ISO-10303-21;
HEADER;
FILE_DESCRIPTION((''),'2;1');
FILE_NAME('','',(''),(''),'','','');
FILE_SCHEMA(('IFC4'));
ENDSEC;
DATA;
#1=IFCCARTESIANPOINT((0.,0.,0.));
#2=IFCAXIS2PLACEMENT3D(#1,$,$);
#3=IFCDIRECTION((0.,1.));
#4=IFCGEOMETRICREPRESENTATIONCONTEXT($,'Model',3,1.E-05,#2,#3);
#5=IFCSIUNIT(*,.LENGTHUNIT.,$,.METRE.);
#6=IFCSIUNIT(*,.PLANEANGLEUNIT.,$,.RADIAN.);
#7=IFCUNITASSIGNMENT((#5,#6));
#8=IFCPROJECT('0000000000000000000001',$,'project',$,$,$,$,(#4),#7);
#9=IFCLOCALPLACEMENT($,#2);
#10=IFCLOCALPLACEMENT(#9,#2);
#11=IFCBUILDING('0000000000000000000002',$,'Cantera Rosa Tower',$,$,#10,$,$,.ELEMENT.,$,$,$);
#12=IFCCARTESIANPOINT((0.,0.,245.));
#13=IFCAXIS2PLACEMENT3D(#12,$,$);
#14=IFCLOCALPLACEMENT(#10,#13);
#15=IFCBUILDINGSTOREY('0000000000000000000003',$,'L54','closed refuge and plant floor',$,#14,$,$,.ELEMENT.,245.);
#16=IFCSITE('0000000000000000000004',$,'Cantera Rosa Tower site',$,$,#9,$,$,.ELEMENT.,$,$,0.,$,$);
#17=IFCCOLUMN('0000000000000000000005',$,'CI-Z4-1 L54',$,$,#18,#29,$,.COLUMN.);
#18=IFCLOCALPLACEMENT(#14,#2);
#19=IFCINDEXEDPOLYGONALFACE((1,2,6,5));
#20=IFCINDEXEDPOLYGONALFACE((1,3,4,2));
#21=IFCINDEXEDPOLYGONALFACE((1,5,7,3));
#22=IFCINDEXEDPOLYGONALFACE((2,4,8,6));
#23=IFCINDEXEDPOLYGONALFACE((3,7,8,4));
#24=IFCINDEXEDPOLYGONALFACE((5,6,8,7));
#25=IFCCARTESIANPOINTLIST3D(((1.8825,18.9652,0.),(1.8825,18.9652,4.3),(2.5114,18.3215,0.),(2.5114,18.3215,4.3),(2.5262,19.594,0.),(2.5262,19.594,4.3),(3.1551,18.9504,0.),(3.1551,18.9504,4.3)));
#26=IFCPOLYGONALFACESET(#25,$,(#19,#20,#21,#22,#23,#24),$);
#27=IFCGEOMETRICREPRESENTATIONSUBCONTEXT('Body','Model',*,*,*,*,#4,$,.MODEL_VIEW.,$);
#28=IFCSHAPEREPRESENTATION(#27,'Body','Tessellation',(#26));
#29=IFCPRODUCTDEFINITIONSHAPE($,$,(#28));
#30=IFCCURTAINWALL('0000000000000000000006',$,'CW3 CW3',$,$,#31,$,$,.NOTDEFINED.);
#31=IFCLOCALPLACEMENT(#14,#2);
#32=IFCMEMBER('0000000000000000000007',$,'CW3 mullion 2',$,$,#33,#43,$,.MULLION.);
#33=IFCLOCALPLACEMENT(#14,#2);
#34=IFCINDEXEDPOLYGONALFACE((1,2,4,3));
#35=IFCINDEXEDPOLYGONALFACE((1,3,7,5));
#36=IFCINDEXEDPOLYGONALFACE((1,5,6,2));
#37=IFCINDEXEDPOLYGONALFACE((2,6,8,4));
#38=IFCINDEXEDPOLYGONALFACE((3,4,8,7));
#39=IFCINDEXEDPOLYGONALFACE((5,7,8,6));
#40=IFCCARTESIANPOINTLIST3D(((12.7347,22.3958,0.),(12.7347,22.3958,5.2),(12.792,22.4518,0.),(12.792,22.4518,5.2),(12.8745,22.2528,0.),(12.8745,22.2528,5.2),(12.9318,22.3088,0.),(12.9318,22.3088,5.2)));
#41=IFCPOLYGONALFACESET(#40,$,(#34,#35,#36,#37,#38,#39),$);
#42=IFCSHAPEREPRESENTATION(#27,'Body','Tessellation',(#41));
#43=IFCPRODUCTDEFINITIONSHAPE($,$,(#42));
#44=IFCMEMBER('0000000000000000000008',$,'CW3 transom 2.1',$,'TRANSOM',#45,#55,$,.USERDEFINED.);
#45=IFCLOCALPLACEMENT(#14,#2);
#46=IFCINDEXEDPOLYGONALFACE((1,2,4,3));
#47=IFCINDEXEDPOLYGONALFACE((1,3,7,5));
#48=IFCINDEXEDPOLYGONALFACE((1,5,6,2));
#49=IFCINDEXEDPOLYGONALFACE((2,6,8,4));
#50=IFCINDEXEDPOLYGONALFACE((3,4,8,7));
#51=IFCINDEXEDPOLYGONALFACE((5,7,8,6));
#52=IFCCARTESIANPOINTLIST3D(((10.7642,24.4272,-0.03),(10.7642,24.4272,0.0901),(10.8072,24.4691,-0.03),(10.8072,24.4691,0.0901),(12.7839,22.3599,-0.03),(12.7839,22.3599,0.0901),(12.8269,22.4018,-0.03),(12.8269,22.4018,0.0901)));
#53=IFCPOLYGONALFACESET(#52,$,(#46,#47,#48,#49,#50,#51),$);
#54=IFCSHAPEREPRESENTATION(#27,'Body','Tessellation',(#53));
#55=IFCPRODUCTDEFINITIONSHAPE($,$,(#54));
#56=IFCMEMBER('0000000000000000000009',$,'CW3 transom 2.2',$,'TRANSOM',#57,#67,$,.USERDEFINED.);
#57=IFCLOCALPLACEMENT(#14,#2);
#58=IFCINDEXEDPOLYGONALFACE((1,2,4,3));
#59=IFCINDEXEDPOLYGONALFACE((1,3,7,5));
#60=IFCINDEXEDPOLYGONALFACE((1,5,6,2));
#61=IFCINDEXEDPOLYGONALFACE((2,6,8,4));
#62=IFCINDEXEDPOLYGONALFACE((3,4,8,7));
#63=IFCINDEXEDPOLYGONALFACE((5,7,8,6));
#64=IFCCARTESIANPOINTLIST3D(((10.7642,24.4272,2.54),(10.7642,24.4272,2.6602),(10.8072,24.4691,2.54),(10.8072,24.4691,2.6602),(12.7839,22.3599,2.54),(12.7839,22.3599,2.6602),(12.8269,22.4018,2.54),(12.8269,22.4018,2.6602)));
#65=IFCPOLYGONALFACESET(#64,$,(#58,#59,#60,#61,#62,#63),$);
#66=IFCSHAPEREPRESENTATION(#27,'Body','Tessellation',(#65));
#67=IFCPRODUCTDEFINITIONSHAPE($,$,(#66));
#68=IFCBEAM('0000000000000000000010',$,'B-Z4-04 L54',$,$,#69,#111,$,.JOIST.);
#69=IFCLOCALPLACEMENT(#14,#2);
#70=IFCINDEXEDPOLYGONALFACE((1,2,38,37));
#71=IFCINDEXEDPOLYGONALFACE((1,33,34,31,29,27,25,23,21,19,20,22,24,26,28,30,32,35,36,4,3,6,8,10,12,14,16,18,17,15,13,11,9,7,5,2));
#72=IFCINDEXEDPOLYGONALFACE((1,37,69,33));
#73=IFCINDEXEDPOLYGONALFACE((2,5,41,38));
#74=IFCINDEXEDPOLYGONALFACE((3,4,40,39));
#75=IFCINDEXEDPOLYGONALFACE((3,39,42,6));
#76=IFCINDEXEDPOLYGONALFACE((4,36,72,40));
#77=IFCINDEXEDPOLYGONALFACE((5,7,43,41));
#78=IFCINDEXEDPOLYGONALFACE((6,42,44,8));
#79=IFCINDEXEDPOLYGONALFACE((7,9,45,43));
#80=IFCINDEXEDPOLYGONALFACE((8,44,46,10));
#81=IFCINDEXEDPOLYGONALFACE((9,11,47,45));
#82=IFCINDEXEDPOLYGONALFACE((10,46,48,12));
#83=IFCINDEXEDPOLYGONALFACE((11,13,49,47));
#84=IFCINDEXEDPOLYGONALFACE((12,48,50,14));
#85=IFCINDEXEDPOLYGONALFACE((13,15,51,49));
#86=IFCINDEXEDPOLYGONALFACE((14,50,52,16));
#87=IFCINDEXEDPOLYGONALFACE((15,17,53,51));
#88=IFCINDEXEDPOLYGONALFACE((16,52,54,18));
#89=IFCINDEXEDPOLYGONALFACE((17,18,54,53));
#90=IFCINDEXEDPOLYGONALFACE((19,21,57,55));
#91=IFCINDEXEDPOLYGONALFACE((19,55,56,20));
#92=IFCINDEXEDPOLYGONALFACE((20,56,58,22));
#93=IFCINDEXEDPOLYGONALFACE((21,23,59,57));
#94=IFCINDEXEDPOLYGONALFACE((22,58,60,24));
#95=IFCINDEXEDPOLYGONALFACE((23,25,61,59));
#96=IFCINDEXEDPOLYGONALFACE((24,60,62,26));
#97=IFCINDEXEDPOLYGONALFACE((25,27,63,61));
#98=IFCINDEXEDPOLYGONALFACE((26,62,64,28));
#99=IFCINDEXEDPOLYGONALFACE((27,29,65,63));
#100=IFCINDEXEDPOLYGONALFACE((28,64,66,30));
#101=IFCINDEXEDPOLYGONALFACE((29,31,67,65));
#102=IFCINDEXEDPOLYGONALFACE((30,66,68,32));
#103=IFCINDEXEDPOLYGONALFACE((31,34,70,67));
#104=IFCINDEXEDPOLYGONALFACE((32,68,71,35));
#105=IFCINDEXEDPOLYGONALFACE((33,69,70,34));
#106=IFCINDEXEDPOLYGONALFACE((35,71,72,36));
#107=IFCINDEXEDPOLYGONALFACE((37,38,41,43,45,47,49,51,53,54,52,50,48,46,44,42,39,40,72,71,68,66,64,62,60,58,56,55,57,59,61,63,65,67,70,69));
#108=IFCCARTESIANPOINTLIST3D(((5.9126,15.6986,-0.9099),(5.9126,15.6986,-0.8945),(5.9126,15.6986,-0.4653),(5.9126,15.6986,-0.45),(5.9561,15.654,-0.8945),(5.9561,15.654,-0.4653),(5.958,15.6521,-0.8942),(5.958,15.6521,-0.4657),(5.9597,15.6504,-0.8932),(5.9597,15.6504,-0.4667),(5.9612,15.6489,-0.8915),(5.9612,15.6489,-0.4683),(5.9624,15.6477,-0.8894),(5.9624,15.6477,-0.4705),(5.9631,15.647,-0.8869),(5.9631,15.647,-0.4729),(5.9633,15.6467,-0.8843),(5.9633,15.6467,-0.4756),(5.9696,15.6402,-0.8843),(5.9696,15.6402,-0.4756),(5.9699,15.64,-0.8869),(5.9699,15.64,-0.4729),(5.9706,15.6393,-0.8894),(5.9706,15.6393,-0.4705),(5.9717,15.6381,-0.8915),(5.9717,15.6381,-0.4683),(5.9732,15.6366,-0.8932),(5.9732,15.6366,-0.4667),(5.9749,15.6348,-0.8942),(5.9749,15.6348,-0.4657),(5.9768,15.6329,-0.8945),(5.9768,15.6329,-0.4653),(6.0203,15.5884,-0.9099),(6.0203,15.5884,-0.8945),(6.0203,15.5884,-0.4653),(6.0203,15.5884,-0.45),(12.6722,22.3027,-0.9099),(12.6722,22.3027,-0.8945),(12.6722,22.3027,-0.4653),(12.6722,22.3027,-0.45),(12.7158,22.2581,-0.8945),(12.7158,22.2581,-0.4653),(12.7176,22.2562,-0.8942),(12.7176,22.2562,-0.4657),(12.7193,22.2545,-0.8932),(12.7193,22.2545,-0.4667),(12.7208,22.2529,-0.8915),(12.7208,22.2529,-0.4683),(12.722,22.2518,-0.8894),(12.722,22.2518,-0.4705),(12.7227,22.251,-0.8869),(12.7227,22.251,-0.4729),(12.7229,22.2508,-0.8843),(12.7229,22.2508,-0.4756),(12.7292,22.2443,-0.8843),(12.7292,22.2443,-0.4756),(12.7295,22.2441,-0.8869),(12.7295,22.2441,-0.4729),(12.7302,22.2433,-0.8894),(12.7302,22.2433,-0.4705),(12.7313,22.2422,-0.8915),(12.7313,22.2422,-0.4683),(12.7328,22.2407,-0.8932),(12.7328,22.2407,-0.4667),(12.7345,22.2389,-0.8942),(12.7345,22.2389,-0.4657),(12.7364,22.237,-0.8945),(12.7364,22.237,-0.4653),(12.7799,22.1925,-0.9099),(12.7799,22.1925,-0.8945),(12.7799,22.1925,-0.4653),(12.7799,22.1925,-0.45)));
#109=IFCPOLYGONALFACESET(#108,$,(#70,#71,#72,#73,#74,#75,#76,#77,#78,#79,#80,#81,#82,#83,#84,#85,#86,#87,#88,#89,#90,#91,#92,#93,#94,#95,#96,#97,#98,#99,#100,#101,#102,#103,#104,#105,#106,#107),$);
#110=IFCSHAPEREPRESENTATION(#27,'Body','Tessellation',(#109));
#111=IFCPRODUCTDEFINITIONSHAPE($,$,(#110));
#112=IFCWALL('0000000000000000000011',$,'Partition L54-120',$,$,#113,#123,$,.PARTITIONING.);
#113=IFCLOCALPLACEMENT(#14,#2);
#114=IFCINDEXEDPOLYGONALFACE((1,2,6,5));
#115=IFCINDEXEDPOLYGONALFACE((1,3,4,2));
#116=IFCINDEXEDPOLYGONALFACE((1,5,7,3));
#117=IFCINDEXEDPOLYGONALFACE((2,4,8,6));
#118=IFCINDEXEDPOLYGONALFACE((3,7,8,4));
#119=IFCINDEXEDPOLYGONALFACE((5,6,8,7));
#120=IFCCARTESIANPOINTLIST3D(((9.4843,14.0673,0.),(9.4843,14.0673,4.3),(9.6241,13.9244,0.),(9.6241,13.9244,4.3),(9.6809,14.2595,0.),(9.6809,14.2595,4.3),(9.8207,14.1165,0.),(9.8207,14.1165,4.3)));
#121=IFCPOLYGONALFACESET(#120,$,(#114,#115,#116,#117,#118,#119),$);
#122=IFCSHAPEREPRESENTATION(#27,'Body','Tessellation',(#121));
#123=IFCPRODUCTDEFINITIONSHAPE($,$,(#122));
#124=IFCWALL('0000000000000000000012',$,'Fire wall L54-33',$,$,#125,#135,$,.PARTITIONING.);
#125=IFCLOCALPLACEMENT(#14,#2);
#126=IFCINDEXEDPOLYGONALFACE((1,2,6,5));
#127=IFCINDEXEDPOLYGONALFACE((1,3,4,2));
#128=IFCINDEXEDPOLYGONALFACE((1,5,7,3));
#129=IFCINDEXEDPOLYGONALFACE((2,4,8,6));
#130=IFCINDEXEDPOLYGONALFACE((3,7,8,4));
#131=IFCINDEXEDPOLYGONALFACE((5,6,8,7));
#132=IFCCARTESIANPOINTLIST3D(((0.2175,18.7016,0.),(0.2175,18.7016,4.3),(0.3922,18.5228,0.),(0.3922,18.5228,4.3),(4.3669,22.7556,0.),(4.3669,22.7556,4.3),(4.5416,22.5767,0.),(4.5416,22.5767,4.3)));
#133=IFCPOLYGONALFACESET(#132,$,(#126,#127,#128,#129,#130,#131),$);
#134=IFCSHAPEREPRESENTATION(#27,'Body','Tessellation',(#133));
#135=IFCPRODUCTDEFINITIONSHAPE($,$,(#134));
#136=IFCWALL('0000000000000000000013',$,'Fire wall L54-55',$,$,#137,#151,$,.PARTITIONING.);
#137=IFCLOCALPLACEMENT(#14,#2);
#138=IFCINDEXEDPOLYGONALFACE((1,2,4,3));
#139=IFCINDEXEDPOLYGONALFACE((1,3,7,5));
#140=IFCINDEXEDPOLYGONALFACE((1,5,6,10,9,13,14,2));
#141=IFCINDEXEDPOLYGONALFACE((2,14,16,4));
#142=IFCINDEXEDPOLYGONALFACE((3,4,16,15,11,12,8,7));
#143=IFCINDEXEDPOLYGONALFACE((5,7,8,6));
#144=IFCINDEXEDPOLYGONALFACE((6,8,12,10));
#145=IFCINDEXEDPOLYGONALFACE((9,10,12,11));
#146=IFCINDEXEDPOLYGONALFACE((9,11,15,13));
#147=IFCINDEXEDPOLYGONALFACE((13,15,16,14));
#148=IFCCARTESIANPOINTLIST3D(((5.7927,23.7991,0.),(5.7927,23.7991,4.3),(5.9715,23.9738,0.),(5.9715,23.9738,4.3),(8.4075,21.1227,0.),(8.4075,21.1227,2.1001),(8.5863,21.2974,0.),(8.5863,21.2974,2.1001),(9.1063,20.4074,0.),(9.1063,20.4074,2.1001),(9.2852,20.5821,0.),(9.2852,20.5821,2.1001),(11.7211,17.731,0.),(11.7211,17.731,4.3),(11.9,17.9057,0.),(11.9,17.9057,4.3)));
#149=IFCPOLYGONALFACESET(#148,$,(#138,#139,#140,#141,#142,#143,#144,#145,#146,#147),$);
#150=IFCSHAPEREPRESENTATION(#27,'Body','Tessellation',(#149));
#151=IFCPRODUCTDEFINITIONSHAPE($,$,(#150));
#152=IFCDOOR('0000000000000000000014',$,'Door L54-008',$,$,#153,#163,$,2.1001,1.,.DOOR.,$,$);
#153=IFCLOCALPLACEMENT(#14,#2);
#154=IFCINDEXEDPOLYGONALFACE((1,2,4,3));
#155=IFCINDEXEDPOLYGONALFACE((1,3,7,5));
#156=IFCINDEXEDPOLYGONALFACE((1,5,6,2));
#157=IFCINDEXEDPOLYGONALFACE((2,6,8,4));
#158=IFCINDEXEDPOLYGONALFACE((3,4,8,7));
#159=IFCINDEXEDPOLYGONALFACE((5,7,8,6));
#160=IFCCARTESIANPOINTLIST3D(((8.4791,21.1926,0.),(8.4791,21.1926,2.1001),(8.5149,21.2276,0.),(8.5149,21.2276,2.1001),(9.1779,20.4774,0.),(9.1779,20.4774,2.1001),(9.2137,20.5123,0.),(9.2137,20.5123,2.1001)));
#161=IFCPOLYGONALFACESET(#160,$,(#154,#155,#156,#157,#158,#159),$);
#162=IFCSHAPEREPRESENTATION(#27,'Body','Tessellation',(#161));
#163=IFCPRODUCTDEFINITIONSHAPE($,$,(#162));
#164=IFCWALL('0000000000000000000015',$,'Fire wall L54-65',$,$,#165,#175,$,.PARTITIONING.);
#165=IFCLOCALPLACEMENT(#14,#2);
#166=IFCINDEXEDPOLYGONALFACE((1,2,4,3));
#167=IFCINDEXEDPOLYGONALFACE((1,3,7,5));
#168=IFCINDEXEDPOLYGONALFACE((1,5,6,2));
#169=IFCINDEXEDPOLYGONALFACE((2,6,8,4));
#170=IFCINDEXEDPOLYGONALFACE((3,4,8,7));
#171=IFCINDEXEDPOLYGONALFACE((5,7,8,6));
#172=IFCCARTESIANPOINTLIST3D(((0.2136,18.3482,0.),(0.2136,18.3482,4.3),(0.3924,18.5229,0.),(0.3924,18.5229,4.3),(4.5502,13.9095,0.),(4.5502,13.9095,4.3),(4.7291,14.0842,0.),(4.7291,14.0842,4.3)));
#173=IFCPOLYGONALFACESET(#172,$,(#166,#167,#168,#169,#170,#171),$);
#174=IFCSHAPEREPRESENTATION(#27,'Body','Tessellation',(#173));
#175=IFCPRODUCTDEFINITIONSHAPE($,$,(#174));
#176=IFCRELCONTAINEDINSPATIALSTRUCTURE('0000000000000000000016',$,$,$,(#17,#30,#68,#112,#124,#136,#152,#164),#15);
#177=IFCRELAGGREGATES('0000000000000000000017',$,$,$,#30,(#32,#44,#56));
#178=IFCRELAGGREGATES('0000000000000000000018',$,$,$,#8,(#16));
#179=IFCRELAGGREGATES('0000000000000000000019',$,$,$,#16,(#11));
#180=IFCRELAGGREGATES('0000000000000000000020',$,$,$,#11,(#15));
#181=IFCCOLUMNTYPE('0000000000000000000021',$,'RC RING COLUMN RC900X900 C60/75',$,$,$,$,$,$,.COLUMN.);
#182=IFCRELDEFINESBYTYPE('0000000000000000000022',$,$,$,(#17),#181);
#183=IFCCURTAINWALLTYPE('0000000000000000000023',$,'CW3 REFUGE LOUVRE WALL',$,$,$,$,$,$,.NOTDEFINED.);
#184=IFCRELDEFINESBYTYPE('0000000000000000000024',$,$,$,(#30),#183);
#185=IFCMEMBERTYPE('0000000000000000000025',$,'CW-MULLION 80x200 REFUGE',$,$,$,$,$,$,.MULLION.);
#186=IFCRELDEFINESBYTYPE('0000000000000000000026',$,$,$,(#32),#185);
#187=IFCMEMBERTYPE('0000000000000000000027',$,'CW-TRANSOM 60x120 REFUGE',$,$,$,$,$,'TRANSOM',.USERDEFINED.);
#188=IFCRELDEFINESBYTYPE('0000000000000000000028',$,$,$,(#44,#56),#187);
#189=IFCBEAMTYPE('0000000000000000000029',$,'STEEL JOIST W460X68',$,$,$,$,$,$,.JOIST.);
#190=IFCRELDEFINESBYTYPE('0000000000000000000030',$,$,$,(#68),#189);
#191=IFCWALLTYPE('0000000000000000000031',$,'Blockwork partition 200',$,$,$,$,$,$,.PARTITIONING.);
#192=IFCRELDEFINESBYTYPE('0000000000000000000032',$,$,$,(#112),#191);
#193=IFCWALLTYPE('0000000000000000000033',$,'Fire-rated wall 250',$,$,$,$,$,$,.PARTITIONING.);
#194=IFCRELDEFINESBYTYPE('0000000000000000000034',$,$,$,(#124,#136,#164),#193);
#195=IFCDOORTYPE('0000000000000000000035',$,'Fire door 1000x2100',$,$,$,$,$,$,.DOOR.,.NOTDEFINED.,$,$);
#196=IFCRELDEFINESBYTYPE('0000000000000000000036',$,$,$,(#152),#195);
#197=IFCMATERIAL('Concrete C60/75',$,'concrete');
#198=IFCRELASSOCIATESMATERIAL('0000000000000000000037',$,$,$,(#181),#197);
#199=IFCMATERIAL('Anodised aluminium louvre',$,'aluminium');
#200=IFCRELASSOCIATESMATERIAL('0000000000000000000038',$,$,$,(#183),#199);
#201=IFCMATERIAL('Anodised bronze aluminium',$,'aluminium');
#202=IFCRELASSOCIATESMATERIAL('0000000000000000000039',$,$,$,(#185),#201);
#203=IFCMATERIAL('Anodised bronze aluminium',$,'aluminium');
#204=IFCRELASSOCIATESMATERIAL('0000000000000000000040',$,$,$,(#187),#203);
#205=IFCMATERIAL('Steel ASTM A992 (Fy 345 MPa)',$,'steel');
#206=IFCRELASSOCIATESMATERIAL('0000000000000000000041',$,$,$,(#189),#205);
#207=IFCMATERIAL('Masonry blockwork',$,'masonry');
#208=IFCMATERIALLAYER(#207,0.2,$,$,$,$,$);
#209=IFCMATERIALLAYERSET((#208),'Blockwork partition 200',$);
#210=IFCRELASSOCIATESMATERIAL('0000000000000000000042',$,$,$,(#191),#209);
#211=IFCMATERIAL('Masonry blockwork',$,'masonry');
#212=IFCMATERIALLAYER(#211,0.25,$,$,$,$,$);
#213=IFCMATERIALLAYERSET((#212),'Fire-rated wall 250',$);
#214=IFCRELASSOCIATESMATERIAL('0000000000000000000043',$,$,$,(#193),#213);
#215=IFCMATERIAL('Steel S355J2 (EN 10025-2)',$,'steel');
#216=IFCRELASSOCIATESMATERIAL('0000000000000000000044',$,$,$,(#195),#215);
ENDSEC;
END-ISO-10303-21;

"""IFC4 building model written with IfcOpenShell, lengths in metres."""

from ifc_helpers import new_model, si_unit, direction, frame, frame_2d, origin, origin_2d, place, context, subcontext, project, spatial, rectangle, i_section, extrude, material, layer, layer_set, material_profile, profile_set, type_object, element, fill, aggregate, save


model = new_model("IFC4")

# Units and contexts
model_context = context("Model", 3, precision=1e-05, world=origin(), true_north=direction((0.0, 1.0)))
body_context = subcontext(model_context, "Body", "Model", "MODEL_VIEW")
ifc_project = project(units=[si_unit("LENGTHUNIT", "METRE"), si_unit("PLANEANGLEUNIT", "RADIAN")], contexts=[model_context])

# Site, building, storey
site_placement = place(None, origin())
site = spatial("IfcSite", under=ifc_project, at=site_placement, Name="Cantera Rosa Tower site", CompositionType="ELEMENT", RefElevation=0.0)
building_placement = place(site_placement, origin())
building = spatial("IfcBuilding", under=site, at=building_placement, Name="Cantera Rosa Tower", CompositionType="ELEMENT")
storey_placement = place(building_placement, frame((0.0, 0.0, 245.0)))
storey = spatial("IfcBuildingStorey", under=building, at=storey_placement, Name="L54", Description="closed refuge and plant floor", CompositionType="ELEMENT", Elevation=245.0)

# Column
ifc_material_1 = material(Name="Concrete C60/75", Category="concrete")
ifc_material_profile_1 = material_profile(ifc_material_1, rectangle(XDim=0.8999, YDim=0.8999, at=origin_2d()), Name="RC RING COLUMN RC900X900 C60/75")
ifc_profile_set_1 = profile_set([ifc_material_profile_1], Name="Concrete C60/75")
column_type = type_object("IfcColumnType", Name="RC RING COLUMN RC900X900 C60/75", PredefinedType="COLUMN", material=ifc_profile_set_1)
column_placement = place(storey_placement, frame((2.5188, 18.9578, 0.0), z_axis=(0.0, 0.0, 1.0), x_axis=(0.715286, 0.698832, 0.0)))
element("IfcColumn", 1, at=column_placement, inside=storey, type_object=column_type, Name="CI-Z4-1 L54", PredefinedType="COLUMN", context=body_context, shape_type="SweptSolid", body=[
    extrude(rectangle(XDim=0.8999, YDim=0.8999, at=origin_2d()), origin(), (0.0, 0.0, 1.0), 4.3),
])

# Curtain wall, members
ifc_material_2 = material(Name="Anodised aluminium louvre", Category="aluminium")
curtain_wall_type = type_object("IfcCurtainWallType", Name="CW3 REFUGE LOUVRE WALL", PredefinedType="NOTDEFINED", material=ifc_material_2)
curtain_wall_placement = place(storey_placement, origin())
curtain_wall = element("IfcCurtainWall", 2, at=curtain_wall_placement, inside=storey, type_object=curtain_wall_type, Name="CW3 CW3", PredefinedType="NOTDEFINED")
ifc_material_3 = material(Name="Anodised bronze aluminium", Category="aluminium")
ifc_material_profile_2 = material_profile(ifc_material_3, rectangle(XDim=0.0801, YDim=0.2, at=origin_2d()), Name="CW-MULLION 80x200 REFUGE")
ifc_profile_set_2 = profile_set([ifc_material_profile_2], Name="Anodised bronze aluminium")
member_type_1 = type_object("IfcMemberType", Name="CW-MULLION 80x200 REFUGE", PredefinedType="MULLION", material=ifc_profile_set_2)
member_1_placement = place(storey_placement, frame((12.8333, 22.3523, 0.0), z_axis=(0.0, 0.0, 1.0), x_axis=(-0.715286, -0.698832, 0.0)))
member_1 = element("IfcMember", 3, at=member_1_placement, type_object=member_type_1, Name="CW3 mullion 2", PredefinedType="MULLION", context=body_context, shape_type="SweptSolid", body=[
    extrude(rectangle(XDim=0.0801, YDim=0.2, at=origin_2d()), origin(), (0.0, 0.0, 1.0), 5.2),
])
ifc_material_4 = material(Name="Anodised bronze aluminium", Category="aluminium")
ifc_material_profile_3 = material_profile(ifc_material_4, rectangle(XDim=0.0601, YDim=0.1201, at=origin_2d()), Name="CW-TRANSOM 60x120 REFUGE")
ifc_profile_set_3 = profile_set([ifc_material_profile_3], Name="Anodised bronze aluminium")
member_type_2 = type_object("IfcMemberType", Name="CW-TRANSOM 60x120 REFUGE", ElementType="TRANSOM", PredefinedType="USERDEFINED", material=ifc_profile_set_3)
member_2_placement = place(storey_placement, frame((12.8054, 22.3809, 0.03), z_axis=(-0.698823, 0.715295, 0.0), x_axis=(-0.715295, -0.698823, 0.0)))
member_2 = element("IfcMember", 4, at=member_2_placement, type_object=member_type_2, Name="CW3 transom 2.1", ObjectType="TRANSOM", PredefinedType="USERDEFINED", context=body_context, shape_type="SweptSolid", body=[
    extrude(rectangle(XDim=0.0601, YDim=0.1201, at=origin_2d()), origin(), (0.0, 0.0, 1.0), 2.8901),
])
member_3_placement = place(storey_placement, frame((12.8054, 22.3809, 2.6001), z_axis=(-0.698823, 0.715295, 0.0), x_axis=(-0.715295, -0.698823, 0.0)))
member_3 = element("IfcMember", 5, at=member_3_placement, type_object=member_type_2, Name="CW3 transom 2.2", ObjectType="TRANSOM", PredefinedType="USERDEFINED", context=body_context, shape_type="SweptSolid", body=[
    extrude(rectangle(XDim=0.0601, YDim=0.1201, at=origin_2d()), origin(), (0.0, 0.0, 1.0), 2.8901),
])
aggregate(curtain_wall, [member_1, member_2, member_3])

# Beam
ifc_material_5 = material(Name="Steel ASTM A992 (Fy 345 MPa)", Category="steel")
ifc_material_profile_4 = material_profile(ifc_material_5, i_section(OverallWidth=0.1541, OverallDepth=0.46, WebThickness=0.009, FlangeThickness=0.0154, FilletRadius=0.0103, at=origin_2d()), Name="W460X68")
ifc_profile_set_4 = profile_set([ifc_material_profile_4], Name="Steel ASTM A992 (Fy 345 MPa)")
beam_type = type_object("IfcBeamType", Name="STEEL JOIST W460X68", PredefinedType="JOIST", material=ifc_profile_set_4)
beam_placement = place(storey_placement, frame((12.7261, 22.2476, -0.6799), z_axis=(-0.715287, -0.698831, 0.0), x_axis=(0.698831, -0.715287, 0.0)))
element("IfcBeam", 6, at=beam_placement, inside=storey, type_object=beam_type, Name="B-Z4-04 L54", PredefinedType="JOIST", context=body_context, shape_type="SweptSolid", body=[
    extrude(i_section(OverallWidth=0.1541, OverallDepth=0.46, WebThickness=0.009, FlangeThickness=0.0154, FilletRadius=0.0103, at=origin_2d()), origin(), (0.0, 0.0, 1.0), 9.4502),
])

# Walls
ifc_material_6 = material(Name="Masonry blockwork", Category="masonry")
ifc_layer_1 = layer(ifc_material_6, 0.2)
ifc_layer_set_1 = layer_set([ifc_layer_1], Name="Blockwork partition 200")
wall_type_1 = type_object("IfcWallType", Name="Blockwork partition 200", PredefinedType="PARTITIONING", material=ifc_layer_set_1)
wall_1_placement = place(storey_placement, frame((9.5542, 13.9958, 0.0), z_axis=(0.0, 0.0, 1.0), x_axis=(0.715056, 0.699067, 0.0)))
element("IfcWall", 7, at=wall_1_placement, inside=storey, type_object=wall_type_1, Name="Partition L54-120", PredefinedType="PARTITIONING", context=body_context, shape_type="SweptSolid", body=[
    extrude(rectangle(XDim=0.2749, YDim=0.2, at=frame_2d((0.1375, 0.0))), origin(), (0.0, 0.0, 1.0), 4.3),
])
ifc_material_7 = material(Name="Masonry blockwork", Category="masonry")
ifc_layer_2 = layer(ifc_material_7, 0.25)
ifc_layer_set_2 = layer_set([ifc_layer_2], Name="Fire-rated wall 250")
wall_type_2 = type_object("IfcWallType", Name="Fire-rated wall 250", PredefinedType="PARTITIONING", material=ifc_layer_set_2)
wall_2_placement = place(storey_placement, frame((0.3049, 18.6123, 0.0), z_axis=(0.0, 0.0, 1.0), x_axis=(0.715287, 0.698831, 0.0)))
element("IfcWall", 8, at=wall_2_placement, inside=storey, type_object=wall_type_2, Name="Fire wall L54-33", PredefinedType="PARTITIONING", context=body_context, shape_type="SweptSolid", body=[
    extrude(rectangle(XDim=5.801, YDim=0.25, at=frame_2d((2.9004, 0.0))), origin(), (0.0, 0.0, 1.0), 4.3),
])

# Wall, opening, door
wall_3_placement = place(storey_placement, frame((11.8105, 17.8184, 0.0), z_axis=(0.0, 0.0, 1.0), x_axis=(-0.698828, 0.71529, 0.0)))
wall_3 = element("IfcWall", 9, at=wall_3_placement, inside=storey, type_object=wall_type_2, Name="Fire wall L54-55", PredefinedType="PARTITIONING", context=body_context, shape_type="SweptSolid", body=[
    extrude(rectangle(XDim=8.4834, YDim=0.25, at=frame_2d((4.2417, 0.0))), origin(), (0.0, 0.0, 1.0), 4.3),
])
opening_1_placement = place(wall_3_placement, frame((3.7417, 0.0, 0.0)))
opening_1 = element("IfcOpeningElement", 10, at=opening_1_placement, cuts=wall_3, PredefinedType="OPENING", context=body_context, shape_type="SweptSolid", body=[
    extrude(rectangle(XDim=1.0, YDim=2.1001, at=frame_2d((0.5, 1.05))), frame((0.0, 0.135, 0.0), z_axis=(0.0, -1.0, 0.0), x_axis=(1.0, 0.0, 0.0)), (0.0, 0.0, 1.0), 0.27),
])
ifc_material_8 = material(Name="Steel S355J2 (EN 10025-2)", Category="steel")
door_type = type_object("IfcDoorType", Name="Fire door 1000x2100", OperationType="NOTDEFINED", PredefinedType="DOOR", material=ifc_material_8)
door_1_placement = place(opening_1_placement, origin())
door_1 = element("IfcDoor", 11, at=door_1_placement, inside=storey, type_object=door_type, Name="Door L54-008", OverallHeight=2.1001, OverallWidth=1.0, PredefinedType="DOOR", context=body_context, shape_type="SweptSolid", body=[
    extrude(rectangle(XDim=1.0, YDim=2.1001, at=frame_2d((0.5, 1.05))), frame((0.0, 0.0249, 0.0), z_axis=(0.0, -1.0, 0.0), x_axis=(1.0, 0.0, 0.0)), (0.0, 0.0, 1.0), 0.05),
])
fill(opening_1, door_1)

# Wall
wall_4_placement = place(storey_placement, frame((4.6396, 13.9968, 0.0), z_axis=(0.0, 0.0, 1.0), x_axis=(-0.698836, 0.715282, 0.0)))
element("IfcWall", 12, at=wall_4_placement, inside=storey, type_object=wall_type_2, Name="Fire wall L54-65", PredefinedType="PARTITIONING", context=body_context, shape_type="SweptSolid", body=[
    extrude(rectangle(XDim=6.2056, YDim=0.25, at=frame_2d((3.1028, 0.0))), origin(), (0.0, 0.0, 1.0), 4.3),
])

save(model, "model.ifc")
